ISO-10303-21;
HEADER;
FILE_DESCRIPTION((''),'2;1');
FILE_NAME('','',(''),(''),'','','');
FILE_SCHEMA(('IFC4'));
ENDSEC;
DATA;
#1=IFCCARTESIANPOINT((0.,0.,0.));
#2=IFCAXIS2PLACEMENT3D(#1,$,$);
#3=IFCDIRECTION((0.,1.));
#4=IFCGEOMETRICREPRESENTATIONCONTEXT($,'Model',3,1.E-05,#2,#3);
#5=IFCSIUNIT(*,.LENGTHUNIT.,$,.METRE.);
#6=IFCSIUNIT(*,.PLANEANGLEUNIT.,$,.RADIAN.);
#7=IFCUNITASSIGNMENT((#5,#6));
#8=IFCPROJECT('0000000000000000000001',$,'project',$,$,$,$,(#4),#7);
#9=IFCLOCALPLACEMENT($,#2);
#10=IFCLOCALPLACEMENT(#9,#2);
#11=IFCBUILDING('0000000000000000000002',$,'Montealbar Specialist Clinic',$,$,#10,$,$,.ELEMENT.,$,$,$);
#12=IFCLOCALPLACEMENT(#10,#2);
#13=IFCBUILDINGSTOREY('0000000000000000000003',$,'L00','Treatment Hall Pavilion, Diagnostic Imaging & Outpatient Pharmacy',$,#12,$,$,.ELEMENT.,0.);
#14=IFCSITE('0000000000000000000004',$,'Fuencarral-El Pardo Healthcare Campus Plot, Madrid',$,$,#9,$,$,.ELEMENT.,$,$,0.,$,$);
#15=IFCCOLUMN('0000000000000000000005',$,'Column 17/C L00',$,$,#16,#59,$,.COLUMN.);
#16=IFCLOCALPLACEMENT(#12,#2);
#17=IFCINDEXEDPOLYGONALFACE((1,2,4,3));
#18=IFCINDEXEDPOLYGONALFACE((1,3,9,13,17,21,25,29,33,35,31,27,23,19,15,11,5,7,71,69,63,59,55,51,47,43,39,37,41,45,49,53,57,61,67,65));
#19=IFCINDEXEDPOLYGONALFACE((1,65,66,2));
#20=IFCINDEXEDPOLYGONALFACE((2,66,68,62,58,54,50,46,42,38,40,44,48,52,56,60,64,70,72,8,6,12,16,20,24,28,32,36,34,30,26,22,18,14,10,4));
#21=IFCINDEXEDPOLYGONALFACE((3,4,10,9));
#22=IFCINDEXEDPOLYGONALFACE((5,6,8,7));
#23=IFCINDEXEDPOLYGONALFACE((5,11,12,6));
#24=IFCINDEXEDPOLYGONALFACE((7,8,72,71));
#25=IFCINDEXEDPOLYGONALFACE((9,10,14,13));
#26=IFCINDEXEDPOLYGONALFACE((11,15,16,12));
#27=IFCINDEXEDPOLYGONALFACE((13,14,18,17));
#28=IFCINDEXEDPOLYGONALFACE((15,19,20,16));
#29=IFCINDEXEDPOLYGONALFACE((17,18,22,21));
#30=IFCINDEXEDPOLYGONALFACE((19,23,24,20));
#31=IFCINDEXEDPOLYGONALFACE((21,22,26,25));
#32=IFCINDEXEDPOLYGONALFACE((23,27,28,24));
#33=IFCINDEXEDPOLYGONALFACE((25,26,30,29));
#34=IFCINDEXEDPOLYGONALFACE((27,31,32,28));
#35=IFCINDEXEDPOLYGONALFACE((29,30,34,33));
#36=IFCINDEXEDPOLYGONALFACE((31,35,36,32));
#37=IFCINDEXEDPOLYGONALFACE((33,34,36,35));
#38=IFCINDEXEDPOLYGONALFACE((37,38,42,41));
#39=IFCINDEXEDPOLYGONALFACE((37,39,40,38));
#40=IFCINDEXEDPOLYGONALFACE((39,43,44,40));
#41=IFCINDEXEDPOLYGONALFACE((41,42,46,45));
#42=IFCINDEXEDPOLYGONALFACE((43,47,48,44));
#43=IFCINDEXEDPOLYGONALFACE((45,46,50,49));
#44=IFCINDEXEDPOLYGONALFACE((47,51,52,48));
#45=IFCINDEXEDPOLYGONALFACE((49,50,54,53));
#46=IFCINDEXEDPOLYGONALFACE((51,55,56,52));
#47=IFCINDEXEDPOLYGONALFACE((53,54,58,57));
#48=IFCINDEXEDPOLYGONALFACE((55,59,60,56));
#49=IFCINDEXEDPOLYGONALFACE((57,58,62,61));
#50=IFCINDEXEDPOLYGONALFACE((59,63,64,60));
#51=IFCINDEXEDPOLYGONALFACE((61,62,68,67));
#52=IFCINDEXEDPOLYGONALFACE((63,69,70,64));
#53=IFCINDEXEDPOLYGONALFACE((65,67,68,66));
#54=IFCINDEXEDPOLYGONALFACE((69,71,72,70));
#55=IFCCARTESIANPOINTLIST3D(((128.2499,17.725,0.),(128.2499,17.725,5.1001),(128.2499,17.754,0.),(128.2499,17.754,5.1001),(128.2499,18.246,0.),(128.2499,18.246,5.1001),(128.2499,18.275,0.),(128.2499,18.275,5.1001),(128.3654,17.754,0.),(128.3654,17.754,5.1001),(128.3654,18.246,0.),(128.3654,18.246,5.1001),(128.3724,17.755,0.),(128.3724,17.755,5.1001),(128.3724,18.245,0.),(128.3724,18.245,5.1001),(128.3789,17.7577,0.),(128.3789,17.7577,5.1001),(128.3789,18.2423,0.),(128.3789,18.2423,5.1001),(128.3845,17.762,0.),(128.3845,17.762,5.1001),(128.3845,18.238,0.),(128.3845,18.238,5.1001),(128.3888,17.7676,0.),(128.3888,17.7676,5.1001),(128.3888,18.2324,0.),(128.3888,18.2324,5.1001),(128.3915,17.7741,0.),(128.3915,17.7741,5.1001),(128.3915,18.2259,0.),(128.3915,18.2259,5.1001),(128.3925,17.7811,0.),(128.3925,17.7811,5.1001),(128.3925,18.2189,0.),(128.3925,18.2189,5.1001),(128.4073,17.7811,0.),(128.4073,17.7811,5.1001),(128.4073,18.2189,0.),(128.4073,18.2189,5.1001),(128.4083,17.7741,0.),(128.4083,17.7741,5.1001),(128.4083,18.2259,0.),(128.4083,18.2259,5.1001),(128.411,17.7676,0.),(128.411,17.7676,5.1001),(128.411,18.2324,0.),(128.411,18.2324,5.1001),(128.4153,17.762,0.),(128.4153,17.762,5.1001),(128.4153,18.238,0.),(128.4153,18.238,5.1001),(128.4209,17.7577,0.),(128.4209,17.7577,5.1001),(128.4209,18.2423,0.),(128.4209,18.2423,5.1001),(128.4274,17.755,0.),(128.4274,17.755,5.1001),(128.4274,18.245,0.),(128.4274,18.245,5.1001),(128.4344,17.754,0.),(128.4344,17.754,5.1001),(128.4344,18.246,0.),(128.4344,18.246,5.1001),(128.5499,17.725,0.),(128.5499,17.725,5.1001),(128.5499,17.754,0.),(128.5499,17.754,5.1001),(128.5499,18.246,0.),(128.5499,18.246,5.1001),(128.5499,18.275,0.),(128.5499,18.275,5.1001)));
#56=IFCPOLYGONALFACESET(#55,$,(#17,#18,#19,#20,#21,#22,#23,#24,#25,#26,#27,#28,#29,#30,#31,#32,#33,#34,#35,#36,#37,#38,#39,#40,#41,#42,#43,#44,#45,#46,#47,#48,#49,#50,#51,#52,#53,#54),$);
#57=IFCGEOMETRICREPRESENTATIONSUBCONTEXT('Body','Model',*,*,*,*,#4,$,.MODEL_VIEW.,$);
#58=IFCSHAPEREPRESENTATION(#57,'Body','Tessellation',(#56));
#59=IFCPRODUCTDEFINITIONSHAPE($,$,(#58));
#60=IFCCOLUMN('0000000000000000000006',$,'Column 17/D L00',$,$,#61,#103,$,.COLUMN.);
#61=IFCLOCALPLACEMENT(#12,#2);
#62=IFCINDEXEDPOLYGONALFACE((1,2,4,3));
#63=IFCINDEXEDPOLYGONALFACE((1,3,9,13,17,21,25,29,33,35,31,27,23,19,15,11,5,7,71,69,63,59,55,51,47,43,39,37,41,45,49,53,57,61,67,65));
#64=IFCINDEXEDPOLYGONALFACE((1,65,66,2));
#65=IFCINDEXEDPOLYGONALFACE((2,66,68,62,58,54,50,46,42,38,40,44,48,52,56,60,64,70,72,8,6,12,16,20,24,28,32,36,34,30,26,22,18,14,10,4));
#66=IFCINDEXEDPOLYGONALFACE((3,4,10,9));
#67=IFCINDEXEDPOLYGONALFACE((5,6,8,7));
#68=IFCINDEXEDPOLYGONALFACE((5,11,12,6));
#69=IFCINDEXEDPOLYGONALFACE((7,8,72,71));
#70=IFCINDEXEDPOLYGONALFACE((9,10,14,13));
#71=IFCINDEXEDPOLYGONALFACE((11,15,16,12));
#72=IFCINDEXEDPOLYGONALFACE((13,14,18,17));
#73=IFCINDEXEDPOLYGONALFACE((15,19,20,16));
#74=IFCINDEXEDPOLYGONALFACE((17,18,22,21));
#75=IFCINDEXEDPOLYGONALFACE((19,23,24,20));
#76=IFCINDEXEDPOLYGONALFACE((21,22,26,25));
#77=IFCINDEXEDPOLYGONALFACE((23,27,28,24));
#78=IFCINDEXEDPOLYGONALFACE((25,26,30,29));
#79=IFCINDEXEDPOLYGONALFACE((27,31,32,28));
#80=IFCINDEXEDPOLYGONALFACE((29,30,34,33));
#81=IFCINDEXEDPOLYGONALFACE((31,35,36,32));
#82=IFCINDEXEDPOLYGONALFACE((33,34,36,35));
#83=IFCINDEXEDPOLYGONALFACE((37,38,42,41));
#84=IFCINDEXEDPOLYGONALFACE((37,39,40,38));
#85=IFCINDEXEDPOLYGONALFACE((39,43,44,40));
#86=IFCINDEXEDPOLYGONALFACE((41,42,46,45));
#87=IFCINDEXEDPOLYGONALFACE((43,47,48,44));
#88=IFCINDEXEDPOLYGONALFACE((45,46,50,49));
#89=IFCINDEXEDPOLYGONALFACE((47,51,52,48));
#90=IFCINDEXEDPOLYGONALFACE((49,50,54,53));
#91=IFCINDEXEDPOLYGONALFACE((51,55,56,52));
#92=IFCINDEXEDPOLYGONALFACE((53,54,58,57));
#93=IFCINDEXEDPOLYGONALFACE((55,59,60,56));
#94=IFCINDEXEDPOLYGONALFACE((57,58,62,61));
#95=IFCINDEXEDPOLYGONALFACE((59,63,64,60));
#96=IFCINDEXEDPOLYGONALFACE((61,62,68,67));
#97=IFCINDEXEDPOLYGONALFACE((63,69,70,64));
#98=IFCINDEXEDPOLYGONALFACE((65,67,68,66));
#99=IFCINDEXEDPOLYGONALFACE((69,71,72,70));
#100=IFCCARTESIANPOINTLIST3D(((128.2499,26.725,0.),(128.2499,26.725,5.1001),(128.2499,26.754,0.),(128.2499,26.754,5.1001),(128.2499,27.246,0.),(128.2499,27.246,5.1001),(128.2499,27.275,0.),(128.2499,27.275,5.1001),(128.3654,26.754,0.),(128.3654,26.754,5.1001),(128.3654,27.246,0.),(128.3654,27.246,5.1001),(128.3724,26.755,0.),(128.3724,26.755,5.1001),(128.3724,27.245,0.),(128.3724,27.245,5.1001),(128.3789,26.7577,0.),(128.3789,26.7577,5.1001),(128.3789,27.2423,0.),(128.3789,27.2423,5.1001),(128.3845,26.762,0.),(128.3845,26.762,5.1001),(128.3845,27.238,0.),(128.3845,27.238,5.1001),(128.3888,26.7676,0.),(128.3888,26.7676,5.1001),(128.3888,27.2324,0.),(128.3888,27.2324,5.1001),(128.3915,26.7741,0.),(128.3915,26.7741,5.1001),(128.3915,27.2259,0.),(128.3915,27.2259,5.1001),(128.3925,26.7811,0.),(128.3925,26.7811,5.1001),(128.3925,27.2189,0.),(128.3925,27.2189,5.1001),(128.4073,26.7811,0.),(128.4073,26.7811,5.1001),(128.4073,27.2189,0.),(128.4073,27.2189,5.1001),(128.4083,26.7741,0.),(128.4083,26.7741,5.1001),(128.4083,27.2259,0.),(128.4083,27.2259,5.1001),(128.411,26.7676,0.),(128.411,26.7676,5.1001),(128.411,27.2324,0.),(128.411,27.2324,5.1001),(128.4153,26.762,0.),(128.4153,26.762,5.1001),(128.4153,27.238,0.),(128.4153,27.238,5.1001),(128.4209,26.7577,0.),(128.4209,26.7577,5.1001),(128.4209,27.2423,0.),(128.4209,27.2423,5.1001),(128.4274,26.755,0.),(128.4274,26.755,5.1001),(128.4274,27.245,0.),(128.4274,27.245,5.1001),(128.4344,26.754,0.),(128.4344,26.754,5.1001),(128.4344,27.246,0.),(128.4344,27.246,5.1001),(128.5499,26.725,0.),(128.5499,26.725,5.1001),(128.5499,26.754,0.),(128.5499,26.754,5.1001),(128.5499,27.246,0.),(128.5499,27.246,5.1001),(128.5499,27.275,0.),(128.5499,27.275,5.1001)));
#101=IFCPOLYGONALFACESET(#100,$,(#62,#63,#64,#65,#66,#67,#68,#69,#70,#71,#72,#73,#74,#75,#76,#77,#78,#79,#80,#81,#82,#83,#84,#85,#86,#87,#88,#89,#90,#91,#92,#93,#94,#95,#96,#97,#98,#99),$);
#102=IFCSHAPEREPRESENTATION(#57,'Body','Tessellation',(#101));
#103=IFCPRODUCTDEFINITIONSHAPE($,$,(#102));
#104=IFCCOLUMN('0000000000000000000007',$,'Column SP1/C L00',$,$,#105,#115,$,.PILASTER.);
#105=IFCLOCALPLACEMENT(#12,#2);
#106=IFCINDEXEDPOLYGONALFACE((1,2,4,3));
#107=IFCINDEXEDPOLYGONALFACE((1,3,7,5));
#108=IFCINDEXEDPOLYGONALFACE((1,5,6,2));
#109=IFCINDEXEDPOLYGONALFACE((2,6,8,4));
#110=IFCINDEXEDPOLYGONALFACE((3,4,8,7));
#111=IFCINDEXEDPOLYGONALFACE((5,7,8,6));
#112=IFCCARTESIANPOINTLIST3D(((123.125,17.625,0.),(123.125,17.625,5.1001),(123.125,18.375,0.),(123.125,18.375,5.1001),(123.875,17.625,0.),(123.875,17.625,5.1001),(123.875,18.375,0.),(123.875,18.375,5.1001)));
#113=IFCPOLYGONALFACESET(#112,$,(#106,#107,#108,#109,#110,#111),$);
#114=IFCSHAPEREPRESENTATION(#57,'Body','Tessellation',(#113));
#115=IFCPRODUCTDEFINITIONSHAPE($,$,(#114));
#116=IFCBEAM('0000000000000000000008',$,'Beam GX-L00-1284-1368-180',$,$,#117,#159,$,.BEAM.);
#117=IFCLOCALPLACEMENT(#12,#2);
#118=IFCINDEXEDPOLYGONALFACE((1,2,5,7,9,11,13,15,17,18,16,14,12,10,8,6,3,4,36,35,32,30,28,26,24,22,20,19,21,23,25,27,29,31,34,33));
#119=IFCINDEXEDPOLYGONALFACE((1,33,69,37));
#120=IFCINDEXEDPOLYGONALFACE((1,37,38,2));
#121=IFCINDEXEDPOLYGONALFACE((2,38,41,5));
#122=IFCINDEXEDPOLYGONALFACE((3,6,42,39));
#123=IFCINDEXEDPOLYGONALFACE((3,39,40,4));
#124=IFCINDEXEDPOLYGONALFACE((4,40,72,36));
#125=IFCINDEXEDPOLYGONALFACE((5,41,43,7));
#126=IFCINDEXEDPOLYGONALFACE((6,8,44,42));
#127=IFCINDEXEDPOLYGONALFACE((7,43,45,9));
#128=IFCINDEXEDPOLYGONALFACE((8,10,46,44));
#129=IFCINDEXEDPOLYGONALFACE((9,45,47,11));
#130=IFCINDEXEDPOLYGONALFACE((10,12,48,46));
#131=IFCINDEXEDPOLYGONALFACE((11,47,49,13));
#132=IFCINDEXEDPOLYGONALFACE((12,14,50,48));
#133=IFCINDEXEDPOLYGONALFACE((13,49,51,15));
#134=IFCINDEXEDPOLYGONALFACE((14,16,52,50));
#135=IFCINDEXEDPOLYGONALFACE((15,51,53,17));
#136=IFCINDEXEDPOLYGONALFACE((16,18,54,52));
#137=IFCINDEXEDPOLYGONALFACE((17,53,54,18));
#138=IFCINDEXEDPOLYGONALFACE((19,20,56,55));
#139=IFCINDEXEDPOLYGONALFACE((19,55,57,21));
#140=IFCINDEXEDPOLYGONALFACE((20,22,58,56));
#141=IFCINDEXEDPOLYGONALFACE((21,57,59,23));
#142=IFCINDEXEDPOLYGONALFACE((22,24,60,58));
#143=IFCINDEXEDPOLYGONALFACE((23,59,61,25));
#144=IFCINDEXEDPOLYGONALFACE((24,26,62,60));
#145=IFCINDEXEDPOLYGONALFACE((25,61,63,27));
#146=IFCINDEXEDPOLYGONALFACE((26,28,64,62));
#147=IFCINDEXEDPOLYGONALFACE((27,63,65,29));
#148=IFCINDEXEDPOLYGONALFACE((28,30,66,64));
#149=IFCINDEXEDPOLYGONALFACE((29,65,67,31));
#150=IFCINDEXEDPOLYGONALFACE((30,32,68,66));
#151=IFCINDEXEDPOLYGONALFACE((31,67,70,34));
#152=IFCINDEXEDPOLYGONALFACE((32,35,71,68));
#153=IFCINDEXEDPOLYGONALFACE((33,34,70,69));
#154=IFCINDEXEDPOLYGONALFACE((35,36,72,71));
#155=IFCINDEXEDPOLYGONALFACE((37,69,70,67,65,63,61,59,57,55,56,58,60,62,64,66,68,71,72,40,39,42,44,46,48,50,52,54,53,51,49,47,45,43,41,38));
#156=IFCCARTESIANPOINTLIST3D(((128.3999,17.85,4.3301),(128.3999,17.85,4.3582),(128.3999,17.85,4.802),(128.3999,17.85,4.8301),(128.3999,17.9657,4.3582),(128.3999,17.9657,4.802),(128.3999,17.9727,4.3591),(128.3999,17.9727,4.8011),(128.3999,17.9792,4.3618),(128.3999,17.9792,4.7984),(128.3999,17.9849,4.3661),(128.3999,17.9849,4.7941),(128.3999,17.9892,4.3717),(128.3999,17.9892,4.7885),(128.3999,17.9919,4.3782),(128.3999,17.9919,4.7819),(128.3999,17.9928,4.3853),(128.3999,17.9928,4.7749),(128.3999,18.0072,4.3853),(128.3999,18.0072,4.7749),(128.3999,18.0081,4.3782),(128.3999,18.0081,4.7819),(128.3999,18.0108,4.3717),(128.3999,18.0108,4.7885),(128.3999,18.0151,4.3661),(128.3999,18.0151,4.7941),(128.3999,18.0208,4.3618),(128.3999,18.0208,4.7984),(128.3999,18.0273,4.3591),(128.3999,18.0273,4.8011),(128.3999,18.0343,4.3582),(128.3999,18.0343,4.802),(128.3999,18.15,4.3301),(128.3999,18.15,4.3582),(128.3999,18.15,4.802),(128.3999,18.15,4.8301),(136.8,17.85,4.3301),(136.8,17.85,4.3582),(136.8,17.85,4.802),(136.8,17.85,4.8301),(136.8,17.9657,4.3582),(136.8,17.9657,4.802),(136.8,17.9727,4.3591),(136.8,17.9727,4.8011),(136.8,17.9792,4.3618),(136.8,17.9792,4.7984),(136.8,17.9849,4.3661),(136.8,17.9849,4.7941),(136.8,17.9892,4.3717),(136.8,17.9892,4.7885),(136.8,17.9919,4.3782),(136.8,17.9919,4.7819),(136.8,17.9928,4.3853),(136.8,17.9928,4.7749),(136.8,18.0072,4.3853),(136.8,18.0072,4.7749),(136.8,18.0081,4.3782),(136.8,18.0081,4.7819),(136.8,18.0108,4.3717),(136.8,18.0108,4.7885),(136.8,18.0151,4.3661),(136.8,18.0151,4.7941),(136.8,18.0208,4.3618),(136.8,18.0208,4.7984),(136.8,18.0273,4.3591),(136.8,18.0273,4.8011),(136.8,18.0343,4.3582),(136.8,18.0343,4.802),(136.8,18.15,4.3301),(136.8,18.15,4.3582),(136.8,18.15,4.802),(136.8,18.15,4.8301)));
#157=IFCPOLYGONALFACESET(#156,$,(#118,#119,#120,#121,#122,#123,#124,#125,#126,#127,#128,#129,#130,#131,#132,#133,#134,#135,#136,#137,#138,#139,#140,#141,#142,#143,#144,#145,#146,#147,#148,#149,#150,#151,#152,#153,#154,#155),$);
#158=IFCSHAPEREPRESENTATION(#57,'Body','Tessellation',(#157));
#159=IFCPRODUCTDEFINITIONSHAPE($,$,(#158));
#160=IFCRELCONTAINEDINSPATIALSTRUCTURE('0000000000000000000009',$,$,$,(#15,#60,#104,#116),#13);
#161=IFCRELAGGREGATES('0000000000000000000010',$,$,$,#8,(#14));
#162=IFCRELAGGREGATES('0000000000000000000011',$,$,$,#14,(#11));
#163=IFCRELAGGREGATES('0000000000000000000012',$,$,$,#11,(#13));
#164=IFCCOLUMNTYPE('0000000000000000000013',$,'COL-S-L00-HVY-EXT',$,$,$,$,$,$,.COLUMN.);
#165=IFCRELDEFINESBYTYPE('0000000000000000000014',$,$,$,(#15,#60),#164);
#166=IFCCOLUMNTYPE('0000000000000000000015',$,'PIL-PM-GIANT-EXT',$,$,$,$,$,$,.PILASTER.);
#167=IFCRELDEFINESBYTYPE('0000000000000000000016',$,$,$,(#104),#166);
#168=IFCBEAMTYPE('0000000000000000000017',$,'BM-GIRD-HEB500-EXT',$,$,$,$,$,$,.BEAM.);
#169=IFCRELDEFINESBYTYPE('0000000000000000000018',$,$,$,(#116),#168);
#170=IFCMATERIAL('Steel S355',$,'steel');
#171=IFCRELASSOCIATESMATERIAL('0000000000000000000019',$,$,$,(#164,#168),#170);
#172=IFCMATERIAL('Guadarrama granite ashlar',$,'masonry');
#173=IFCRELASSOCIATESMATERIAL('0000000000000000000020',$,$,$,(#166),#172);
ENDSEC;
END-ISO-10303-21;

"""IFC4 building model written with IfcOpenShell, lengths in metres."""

from ifc_helpers import new_model, si_unit, direction, frame, origin, origin_2d, place, context, subcontext, project, spatial, rectangle, i_section, extrude, material, material_profile, profile_set, type_object, element, save


model = new_model("IFC4")

# Units and contexts
model_context = context("Model", 3, precision=1e-05, world=origin(), true_north=direction((0.0, 1.0)))
body_context = subcontext(model_context, "Body", "Model", "MODEL_VIEW")
ifc_project = project(units=[si_unit("LENGTHUNIT", "METRE"), si_unit("PLANEANGLEUNIT", "RADIAN")], contexts=[model_context])

# Site, building, storey
site_placement = place(None, origin())
site = spatial("IfcSite", under=ifc_project, at=site_placement, Name="Fuencarral-El Pardo Healthcare Campus Plot, Madrid", CompositionType="ELEMENT", RefElevation=0.0)
building_placement = place(site_placement, origin())
building = spatial("IfcBuilding", under=site, at=building_placement, Name="Montealbar Specialist Clinic", CompositionType="ELEMENT")
storey_placement = place(building_placement, origin())
storey = spatial("IfcBuildingStorey", under=building, at=storey_placement, Name="L00", Description="Treatment Hall Pavilion, Diagnostic Imaging & Outpatient Pharmacy", CompositionType="ELEMENT", Elevation=0.0)

# Columns
ifc_material_1 = material(Name="Steel S355", Category="steel")
ifc_material_profile_1 = material_profile(ifc_material_1, i_section(OverallWidth=0.3, OverallDepth=0.55, WebThickness=0.0149, FlangeThickness=0.0291, FilletRadius=0.0271, at=origin_2d()), Name="HEB 550", Category="steel")
ifc_profile_set_1 = profile_set([ifc_material_profile_1], Name="Steel S355")
column_type_1 = type_object("IfcColumnType", Name="COL-S-L00-HVY-EXT", PredefinedType="COLUMN", material=ifc_profile_set_1)
for number, where, z_axis, x_axis, name in (
    (1, (128.3999, 18.0, 0.0), (0.0, 0.0, 1.0), (1.0, 0.0, 0.0), "Column 17/C L00"),
    (2, (128.3999, 27.0, 0.0), (0.0, 0.0, 1.0), (1.0, 0.0, 0.0), "Column 17/D L00"),
):
    element("IfcColumn", number, at=place(storey_placement, frame(where, z_axis=z_axis, x_axis=x_axis)), inside=storey, type_object=column_type_1, Name=name, PredefinedType="COLUMN", context=body_context, shape_type="SweptSolid", body=[
        extrude(i_section(OverallWidth=0.3, OverallDepth=0.55, WebThickness=0.0149, FlangeThickness=0.0291, FilletRadius=0.0271, at=origin_2d()), origin(), (0.0, 0.0, 1.0), 5.1001),
    ])
ifc_material_2 = material(Name="Guadarrama granite ashlar", Category="masonry")
ifc_material_profile_2 = material_profile(ifc_material_2, rectangle(XDim=0.75, YDim=0.75, at=origin_2d()), Name="GRANITE PILASTER 750x750", Category="masonry")
ifc_profile_set_2 = profile_set([ifc_material_profile_2], Name="Guadarrama granite ashlar")
column_type_2 = type_object("IfcColumnType", Name="PIL-PM-GIANT-EXT", PredefinedType="PILASTER", material=ifc_profile_set_2)
column_placement = place(storey_placement, frame((123.5, 18.0, 0.0), z_axis=(0.0, 0.0, 1.0), x_axis=(1.0, 0.0, 0.0)))
element("IfcColumn", 3, at=column_placement, inside=storey, type_object=column_type_2, Name="Column SP1/C L00", PredefinedType="PILASTER", context=body_context, shape_type="SweptSolid", body=[
    extrude(rectangle(XDim=0.75, YDim=0.75, at=origin_2d()), origin(), (0.0, 0.0, 1.0), 5.1001),
])

# Beam
ifc_material_profile_3 = material_profile(ifc_material_1, i_section(OverallWidth=0.3, OverallDepth=0.5, WebThickness=0.0144, FlangeThickness=0.0281, FilletRadius=0.0271, at=origin_2d()), Name="HEB 500", Category="steel")
ifc_profile_set_3 = profile_set([ifc_material_profile_3], Name="Steel S355")
beam_type_1 = type_object("IfcBeamType", Name="BM-GIRD-HEB500-EXT", PredefinedType="BEAM", material=ifc_profile_set_3)
beam_1_placement = place(storey_placement, frame((128.3999, 18.0, 4.5801), z_axis=(1.0, 0.0, 0.0), x_axis=(0.0, 1.0, 0.0)))
element("IfcBeam", 4, at=beam_1_placement, inside=storey, type_object=beam_type_1, Name="Beam GX-L00-1284-1368-180", PredefinedType="BEAM", context=body_context, shape_type="SweptSolid", body=[
    extrude(i_section(OverallWidth=0.3, OverallDepth=0.5, WebThickness=0.0144, FlangeThickness=0.0281, FilletRadius=0.0271, at=origin_2d()), origin(), (0.0, 0.0, 1.0), 8.4001),
])

save(model, "model.ifc")
